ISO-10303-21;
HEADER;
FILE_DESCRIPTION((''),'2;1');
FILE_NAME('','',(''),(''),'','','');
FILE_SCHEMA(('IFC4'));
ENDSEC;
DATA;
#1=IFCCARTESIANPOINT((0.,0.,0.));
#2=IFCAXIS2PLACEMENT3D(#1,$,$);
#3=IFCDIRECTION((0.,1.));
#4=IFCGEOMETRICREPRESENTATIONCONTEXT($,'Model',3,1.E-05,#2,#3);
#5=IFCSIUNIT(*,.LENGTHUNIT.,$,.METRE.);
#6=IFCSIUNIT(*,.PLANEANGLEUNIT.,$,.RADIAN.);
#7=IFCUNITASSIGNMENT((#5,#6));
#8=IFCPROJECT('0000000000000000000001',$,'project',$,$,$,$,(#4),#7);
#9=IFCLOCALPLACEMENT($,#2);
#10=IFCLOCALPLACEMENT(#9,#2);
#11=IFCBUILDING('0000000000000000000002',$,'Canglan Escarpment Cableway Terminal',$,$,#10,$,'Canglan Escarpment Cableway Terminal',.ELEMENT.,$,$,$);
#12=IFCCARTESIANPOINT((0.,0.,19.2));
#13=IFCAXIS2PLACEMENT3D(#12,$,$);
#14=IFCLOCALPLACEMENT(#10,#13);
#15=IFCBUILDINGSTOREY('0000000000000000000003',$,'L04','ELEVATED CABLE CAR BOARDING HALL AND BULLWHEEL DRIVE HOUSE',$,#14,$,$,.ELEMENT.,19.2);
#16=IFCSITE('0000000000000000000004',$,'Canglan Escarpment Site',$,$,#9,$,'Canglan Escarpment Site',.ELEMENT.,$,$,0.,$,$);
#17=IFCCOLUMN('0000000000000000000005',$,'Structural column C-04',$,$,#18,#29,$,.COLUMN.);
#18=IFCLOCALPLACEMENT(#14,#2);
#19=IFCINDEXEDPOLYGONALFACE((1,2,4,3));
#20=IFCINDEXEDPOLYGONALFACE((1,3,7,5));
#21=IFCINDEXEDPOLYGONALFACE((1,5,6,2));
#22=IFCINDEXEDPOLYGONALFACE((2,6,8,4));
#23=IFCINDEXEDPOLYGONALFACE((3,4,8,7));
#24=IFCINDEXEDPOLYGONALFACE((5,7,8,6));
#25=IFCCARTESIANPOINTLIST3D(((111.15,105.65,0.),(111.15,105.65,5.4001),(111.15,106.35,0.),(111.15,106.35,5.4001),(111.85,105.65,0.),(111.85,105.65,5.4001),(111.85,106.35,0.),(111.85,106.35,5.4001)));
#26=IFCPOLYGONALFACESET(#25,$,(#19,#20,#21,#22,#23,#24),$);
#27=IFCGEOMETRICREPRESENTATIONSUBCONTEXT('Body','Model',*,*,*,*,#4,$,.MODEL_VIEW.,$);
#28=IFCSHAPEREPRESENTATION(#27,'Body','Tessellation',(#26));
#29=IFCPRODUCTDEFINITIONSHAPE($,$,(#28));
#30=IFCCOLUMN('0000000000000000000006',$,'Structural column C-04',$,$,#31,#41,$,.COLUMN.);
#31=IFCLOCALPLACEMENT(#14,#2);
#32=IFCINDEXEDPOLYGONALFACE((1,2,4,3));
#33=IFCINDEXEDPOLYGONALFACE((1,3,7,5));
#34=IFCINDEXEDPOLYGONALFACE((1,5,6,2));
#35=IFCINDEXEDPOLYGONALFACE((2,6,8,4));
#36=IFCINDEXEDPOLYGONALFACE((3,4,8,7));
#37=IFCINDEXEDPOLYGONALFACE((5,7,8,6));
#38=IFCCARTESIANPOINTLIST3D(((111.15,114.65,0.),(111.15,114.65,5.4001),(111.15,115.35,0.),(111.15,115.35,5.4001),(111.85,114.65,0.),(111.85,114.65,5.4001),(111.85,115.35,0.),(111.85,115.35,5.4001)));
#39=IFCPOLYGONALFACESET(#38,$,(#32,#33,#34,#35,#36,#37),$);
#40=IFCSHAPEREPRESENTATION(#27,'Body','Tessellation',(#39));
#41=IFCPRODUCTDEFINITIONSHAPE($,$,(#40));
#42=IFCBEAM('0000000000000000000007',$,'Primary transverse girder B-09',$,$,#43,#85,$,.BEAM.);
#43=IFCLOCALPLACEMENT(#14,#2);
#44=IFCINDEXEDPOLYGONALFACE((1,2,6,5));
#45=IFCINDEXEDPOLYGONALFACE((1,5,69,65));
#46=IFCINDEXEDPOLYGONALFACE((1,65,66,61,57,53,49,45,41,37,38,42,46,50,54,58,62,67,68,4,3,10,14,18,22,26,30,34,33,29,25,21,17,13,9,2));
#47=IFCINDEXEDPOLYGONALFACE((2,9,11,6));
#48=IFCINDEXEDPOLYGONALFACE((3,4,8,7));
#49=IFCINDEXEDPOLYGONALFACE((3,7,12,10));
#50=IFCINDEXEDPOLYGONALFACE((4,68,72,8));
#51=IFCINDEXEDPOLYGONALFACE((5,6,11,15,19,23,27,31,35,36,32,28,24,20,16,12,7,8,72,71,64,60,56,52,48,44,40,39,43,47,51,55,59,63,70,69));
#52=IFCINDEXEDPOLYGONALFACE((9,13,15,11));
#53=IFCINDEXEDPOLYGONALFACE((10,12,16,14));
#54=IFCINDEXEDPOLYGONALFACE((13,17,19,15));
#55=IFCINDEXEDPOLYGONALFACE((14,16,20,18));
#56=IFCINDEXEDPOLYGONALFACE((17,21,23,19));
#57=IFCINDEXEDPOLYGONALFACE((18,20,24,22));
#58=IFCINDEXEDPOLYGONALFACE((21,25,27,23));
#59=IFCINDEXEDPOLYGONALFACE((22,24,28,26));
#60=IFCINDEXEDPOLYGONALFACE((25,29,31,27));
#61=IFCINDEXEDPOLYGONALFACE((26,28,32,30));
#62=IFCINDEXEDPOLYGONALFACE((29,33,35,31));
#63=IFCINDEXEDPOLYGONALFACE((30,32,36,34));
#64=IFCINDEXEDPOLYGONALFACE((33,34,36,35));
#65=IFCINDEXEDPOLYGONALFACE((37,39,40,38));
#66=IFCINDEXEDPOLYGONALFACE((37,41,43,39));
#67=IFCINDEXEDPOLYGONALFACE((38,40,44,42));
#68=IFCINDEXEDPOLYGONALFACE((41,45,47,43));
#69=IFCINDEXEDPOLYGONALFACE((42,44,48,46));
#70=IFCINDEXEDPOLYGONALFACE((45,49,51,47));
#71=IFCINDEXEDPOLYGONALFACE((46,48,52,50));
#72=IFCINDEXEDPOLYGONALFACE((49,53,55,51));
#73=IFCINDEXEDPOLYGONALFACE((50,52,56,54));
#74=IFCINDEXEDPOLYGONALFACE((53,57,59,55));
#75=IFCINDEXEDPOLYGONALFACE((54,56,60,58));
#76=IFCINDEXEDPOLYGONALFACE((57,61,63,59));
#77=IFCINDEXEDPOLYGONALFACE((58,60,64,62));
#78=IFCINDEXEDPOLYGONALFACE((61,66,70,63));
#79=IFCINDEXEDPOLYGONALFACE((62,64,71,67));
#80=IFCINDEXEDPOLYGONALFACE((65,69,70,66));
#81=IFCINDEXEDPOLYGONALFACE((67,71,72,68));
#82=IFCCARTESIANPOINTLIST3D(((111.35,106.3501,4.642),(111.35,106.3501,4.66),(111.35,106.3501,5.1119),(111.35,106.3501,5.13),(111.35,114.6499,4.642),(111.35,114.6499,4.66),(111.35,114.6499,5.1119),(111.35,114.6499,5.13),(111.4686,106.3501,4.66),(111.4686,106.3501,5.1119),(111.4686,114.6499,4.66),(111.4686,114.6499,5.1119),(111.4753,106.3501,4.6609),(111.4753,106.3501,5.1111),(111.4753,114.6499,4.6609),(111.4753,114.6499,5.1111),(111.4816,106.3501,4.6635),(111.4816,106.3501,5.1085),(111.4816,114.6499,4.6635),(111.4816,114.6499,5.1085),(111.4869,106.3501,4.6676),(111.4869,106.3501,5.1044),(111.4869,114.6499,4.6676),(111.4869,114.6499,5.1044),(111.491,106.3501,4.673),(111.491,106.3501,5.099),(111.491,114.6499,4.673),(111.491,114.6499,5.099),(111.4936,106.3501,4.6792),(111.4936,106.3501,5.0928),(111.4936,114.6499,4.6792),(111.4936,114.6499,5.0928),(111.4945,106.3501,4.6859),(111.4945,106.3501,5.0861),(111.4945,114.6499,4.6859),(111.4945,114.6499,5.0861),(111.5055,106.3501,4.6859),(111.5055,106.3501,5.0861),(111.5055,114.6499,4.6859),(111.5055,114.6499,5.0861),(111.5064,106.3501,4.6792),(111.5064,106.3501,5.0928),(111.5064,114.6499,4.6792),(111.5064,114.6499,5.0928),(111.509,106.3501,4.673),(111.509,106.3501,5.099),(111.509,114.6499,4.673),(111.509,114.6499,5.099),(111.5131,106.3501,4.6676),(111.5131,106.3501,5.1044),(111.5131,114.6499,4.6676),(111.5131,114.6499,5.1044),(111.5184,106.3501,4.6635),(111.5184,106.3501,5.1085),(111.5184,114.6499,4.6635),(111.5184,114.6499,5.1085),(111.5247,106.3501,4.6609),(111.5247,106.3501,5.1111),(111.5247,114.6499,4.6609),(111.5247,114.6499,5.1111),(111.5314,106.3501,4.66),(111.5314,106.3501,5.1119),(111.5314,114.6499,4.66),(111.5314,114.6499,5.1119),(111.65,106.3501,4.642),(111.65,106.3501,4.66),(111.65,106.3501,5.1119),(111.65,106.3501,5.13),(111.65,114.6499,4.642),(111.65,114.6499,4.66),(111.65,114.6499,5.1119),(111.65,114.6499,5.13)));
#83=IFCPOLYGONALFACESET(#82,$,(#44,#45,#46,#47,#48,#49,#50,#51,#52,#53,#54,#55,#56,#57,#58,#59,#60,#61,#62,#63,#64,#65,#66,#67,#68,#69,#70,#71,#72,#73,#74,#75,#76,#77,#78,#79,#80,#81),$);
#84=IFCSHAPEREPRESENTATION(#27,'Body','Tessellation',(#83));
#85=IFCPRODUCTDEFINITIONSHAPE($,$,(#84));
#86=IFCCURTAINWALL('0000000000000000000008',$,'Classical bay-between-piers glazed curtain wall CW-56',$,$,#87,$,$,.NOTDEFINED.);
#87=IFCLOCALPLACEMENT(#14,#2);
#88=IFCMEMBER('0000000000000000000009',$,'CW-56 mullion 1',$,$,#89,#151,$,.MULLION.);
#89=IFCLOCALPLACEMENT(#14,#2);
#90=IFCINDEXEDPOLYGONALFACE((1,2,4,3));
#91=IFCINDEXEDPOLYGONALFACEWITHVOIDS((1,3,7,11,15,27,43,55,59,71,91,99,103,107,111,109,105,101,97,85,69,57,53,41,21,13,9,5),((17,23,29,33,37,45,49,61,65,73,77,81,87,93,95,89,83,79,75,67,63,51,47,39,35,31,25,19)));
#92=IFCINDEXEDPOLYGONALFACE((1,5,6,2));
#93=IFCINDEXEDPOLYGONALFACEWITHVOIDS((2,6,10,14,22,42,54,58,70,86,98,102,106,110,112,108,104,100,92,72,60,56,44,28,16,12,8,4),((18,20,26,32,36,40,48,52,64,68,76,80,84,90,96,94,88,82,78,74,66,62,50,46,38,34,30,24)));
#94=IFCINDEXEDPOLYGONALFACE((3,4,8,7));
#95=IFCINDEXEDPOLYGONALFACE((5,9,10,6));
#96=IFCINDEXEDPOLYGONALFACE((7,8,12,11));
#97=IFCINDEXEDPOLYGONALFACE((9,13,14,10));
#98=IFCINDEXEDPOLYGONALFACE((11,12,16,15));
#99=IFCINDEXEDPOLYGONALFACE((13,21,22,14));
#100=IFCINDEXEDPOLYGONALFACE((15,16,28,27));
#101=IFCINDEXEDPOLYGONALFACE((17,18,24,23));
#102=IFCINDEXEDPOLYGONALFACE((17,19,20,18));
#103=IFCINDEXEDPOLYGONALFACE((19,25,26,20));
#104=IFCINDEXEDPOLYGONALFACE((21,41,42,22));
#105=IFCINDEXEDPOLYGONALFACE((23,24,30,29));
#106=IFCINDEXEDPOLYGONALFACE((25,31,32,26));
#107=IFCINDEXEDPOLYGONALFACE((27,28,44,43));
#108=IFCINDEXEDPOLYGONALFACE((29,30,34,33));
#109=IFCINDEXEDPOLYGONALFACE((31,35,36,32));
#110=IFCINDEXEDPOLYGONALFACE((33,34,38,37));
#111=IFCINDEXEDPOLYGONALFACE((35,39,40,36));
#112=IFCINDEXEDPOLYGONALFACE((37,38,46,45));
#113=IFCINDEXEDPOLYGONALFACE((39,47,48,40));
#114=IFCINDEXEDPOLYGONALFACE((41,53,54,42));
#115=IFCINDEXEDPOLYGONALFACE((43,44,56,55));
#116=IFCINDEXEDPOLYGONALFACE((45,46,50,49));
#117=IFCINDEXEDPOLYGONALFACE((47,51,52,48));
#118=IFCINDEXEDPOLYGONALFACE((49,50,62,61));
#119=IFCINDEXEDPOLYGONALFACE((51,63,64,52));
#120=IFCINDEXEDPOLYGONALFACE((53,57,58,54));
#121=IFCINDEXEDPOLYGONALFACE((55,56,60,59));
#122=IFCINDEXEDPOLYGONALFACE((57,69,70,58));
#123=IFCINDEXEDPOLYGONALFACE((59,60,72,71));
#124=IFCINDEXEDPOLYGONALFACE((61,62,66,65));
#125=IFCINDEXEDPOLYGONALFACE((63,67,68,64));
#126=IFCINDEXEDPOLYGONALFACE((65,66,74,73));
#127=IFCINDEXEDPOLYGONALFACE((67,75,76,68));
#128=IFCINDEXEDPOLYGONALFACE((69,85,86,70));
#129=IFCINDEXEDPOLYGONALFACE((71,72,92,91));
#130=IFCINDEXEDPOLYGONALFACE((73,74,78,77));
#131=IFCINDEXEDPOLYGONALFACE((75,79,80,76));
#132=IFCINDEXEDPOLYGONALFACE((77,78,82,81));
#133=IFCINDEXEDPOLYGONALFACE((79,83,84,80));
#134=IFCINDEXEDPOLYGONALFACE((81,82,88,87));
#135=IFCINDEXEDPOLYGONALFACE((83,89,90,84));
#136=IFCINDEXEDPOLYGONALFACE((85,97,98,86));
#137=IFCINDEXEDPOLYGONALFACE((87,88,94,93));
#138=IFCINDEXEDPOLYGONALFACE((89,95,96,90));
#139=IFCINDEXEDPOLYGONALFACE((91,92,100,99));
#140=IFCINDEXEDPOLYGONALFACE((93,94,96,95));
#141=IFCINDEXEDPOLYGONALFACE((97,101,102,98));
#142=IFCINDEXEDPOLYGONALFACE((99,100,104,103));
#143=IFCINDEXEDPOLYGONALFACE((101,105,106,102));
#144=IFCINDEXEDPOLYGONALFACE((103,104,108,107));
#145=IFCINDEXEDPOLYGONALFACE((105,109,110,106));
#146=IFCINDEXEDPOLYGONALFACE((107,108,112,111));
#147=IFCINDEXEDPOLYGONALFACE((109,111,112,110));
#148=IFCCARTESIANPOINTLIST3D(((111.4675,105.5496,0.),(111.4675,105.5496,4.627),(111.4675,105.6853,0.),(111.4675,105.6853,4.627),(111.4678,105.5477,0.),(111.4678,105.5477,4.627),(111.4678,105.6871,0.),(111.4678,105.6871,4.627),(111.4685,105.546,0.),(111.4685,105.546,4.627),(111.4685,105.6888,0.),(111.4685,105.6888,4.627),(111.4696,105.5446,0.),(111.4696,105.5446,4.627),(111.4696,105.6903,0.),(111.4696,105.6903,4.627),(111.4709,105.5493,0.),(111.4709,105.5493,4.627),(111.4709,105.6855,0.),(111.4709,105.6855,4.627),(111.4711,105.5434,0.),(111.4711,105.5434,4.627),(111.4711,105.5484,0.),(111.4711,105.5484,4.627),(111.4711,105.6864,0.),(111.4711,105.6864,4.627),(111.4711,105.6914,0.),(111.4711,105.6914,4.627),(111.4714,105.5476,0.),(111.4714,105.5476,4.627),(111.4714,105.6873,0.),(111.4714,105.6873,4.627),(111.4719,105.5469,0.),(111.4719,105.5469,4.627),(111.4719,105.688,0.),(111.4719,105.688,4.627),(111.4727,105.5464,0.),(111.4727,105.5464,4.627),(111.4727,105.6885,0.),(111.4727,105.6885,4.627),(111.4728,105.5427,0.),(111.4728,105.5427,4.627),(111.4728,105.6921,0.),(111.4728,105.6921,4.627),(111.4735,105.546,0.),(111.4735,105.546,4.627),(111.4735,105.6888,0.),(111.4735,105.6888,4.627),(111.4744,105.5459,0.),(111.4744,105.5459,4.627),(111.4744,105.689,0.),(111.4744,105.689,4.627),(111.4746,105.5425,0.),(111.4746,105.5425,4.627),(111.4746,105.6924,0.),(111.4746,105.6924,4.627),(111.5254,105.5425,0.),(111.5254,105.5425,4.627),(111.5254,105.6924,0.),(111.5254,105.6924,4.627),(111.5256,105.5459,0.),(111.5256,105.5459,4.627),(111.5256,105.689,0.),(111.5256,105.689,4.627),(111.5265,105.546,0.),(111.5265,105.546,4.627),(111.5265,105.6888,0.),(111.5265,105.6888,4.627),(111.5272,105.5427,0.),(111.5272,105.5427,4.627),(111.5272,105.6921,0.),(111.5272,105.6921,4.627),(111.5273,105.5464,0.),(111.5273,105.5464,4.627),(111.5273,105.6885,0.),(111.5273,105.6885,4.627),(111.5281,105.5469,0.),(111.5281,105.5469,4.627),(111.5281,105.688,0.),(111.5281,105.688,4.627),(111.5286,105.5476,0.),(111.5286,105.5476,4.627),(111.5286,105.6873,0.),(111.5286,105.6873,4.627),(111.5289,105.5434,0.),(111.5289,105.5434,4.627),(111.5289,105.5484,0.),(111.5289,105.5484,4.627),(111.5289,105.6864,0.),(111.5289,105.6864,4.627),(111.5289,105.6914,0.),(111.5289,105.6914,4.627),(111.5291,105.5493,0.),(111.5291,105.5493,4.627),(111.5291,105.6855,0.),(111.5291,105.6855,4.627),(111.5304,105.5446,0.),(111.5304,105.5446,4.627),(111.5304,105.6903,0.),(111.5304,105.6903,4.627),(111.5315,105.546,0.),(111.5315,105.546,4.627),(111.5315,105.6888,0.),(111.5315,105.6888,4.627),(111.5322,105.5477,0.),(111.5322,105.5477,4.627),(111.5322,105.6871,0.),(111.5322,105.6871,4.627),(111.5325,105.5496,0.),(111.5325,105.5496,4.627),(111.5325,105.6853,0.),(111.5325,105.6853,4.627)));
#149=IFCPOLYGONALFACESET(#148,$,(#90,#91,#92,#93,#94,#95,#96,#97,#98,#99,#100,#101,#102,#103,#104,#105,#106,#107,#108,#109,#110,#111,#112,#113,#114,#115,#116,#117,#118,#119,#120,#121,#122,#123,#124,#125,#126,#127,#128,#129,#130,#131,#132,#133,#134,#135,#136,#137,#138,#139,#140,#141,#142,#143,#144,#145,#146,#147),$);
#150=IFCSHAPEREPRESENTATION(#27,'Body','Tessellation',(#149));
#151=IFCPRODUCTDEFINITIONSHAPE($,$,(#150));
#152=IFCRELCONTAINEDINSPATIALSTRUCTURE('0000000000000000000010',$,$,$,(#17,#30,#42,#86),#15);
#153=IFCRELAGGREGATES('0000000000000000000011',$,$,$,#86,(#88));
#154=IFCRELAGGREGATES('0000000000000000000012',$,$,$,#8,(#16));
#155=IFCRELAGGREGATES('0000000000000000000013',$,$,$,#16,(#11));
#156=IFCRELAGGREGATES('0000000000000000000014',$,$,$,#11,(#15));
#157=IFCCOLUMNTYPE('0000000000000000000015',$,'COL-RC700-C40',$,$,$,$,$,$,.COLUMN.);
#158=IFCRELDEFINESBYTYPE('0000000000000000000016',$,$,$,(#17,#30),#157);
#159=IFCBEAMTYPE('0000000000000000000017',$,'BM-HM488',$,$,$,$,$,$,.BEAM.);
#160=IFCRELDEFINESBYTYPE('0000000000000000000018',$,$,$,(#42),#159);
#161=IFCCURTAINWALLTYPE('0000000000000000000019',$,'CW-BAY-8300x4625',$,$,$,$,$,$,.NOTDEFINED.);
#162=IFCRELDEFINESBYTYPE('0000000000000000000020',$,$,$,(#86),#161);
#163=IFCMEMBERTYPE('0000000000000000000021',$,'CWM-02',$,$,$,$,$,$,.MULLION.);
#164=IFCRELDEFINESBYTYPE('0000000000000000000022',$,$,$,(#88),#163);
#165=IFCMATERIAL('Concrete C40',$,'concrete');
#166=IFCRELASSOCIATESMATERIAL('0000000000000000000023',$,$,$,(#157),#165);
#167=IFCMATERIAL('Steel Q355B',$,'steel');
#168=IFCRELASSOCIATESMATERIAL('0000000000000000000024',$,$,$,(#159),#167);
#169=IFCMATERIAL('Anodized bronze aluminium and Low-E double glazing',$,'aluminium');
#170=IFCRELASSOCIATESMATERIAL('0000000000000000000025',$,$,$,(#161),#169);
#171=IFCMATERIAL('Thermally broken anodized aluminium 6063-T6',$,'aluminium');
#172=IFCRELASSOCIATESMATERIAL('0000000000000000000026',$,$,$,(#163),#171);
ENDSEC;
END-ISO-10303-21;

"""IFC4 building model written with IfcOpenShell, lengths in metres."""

from ifc_helpers import new_model, si_unit, direction, frame, origin, origin_2d, place, context, subcontext, project, spatial, rectangle, hollow_rectangle, i_section, extrude, material, material_profile, profile_set, type_object, element, aggregate, save


model = new_model("IFC4")

# Units and contexts
model_context = context("Model", 3, precision=1e-05, world=origin(), true_north=direction((0.0, 1.0)))
body_context = subcontext(model_context, "Body", "Model", "MODEL_VIEW")
ifc_project = project(units=[si_unit("LENGTHUNIT", "METRE"), si_unit("PLANEANGLEUNIT", "RADIAN")], contexts=[model_context])

# Site, building, storey
site_placement = place(None, origin())
site = spatial("IfcSite", under=ifc_project, at=site_placement, Name="Canglan Escarpment Site", LongName="Canglan Escarpment Site", CompositionType="ELEMENT", RefElevation=0.0)
building_placement = place(site_placement, origin())
building = spatial("IfcBuilding", under=site, at=building_placement, Name="Canglan Escarpment Cableway Terminal", LongName="Canglan Escarpment Cableway Terminal", CompositionType="ELEMENT")
storey_placement = place(building_placement, frame((0.0, 0.0, 19.2)))
storey = spatial("IfcBuildingStorey", under=building, at=storey_placement, Name="L04", Description="ELEVATED CABLE CAR BOARDING HALL AND BULLWHEEL DRIVE HOUSE", CompositionType="ELEMENT", Elevation=19.2)

# Columns
ifc_material_1 = material(Name="Concrete C40", Category="concrete")
ifc_material_profile_1 = material_profile(ifc_material_1, rectangle(XDim=0.7, YDim=0.7, at=origin_2d()), Name="RC 700x700")
ifc_profile_set_1 = profile_set([ifc_material_profile_1], Name="Concrete C40")
column_type = type_object("IfcColumnType", Name="COL-RC700-C40", PredefinedType="COLUMN", material=ifc_profile_set_1)
for number, where, z_axis, x_axis, name in (
    (1, (111.5, 106.0, 0.0), (0.0, 0.0, 1.0), (1.0, 0.0, 0.0), "Structural column C-04"),
    (2, (111.5, 115.0, 0.0), (0.0, 0.0, 1.0), (1.0, 0.0, 0.0), "Structural column C-04"),
):
    element("IfcColumn", number, at=place(storey_placement, frame(where, z_axis=z_axis, x_axis=x_axis)), inside=storey, type_object=column_type, Name=name, PredefinedType="COLUMN", context=body_context, shape_type="SweptSolid", body=[
        extrude(rectangle(XDim=0.7, YDim=0.7, at=origin_2d()), origin(), (0.0, 0.0, 1.0), 5.4001),
    ])

# Beam
ifc_material_2 = material(Name="Steel Q355B", Category="steel")
ifc_material_profile_2 = material_profile(ifc_material_2, i_section(OverallWidth=0.3, OverallDepth=0.488, WebThickness=0.011, FlangeThickness=0.0181, FilletRadius=0.0259, at=origin_2d()), Name="HM 488x300x11x18")
ifc_profile_set_2 = profile_set([ifc_material_profile_2], Name="Steel Q355B")
beam_type = type_object("IfcBeamType", Name="BM-HM488", PredefinedType="BEAM", material=ifc_profile_set_2)
beam_placement = place(storey_placement, frame((111.5, 106.3501, 4.886), z_axis=(0.0, 1.0, 0.0), x_axis=(-1.0, 0.0, 0.0)))
element("IfcBeam", 3, at=beam_placement, inside=storey, type_object=beam_type, Name="Primary transverse girder B-09", PredefinedType="BEAM", context=body_context, shape_type="SweptSolid", body=[
    extrude(i_section(OverallWidth=0.3, OverallDepth=0.488, WebThickness=0.011, FlangeThickness=0.0181, FilletRadius=0.0259, at=origin_2d()), origin(), (0.0, 0.0, 1.0), 8.2998),
])

# Curtain wall, member
ifc_material_3 = material(Name="Anodized bronze aluminium and Low-E double glazing", Category="aluminium")
curtain_wall_type = type_object("IfcCurtainWallType", Name="CW-BAY-8300x4625", PredefinedType="NOTDEFINED", material=ifc_material_3)
curtain_wall_placement = place(storey_placement, origin())
curtain_wall = element("IfcCurtainWall", 4, at=curtain_wall_placement, inside=storey, type_object=curtain_wall_type, Name="Classical bay-between-piers glazed curtain wall CW-56", PredefinedType="NOTDEFINED")
ifc_material_4 = material(Name="Thermally broken anodized aluminium 6063-T6", Category="aluminium")
ifc_material_profile_3 = material_profile(ifc_material_4, hollow_rectangle(XDim=0.0649, YDim=0.1499, WallThickness=0.0034, InnerFilletRadius=0.0034, OuterFilletRadius=0.0071, at=origin_2d()), Name="ALU-MULL 65x150x3.5")
ifc_profile_set_3 = profile_set([ifc_material_profile_3], Name="Thermally broken anodized aluminium 6063-T6")
member_type_1 = type_object("IfcMemberType", Name="CWM-02", PredefinedType="MULLION", material=ifc_profile_set_3)
member_1_placement = place(storey_placement, frame((111.5, 105.6174, 0.0), z_axis=(0.0, 0.0, 1.0), x_axis=(1.0, 0.0, 0.0)))
member_1 = element("IfcMember", 5, at=member_1_placement, type_object=member_type_1, Name="CW-56 mullion 1", PredefinedType="MULLION", context=body_context, shape_type="SweptSolid", body=[
    extrude(hollow_rectangle(XDim=0.0649, YDim=0.1499, WallThickness=0.0034, InnerFilletRadius=0.0034, OuterFilletRadius=0.0071, at=origin_2d()), origin(), (0.0, 0.0, 1.0), 4.627),
])
aggregate(curtain_wall, [member_1])

save(model, "model.ifc")
